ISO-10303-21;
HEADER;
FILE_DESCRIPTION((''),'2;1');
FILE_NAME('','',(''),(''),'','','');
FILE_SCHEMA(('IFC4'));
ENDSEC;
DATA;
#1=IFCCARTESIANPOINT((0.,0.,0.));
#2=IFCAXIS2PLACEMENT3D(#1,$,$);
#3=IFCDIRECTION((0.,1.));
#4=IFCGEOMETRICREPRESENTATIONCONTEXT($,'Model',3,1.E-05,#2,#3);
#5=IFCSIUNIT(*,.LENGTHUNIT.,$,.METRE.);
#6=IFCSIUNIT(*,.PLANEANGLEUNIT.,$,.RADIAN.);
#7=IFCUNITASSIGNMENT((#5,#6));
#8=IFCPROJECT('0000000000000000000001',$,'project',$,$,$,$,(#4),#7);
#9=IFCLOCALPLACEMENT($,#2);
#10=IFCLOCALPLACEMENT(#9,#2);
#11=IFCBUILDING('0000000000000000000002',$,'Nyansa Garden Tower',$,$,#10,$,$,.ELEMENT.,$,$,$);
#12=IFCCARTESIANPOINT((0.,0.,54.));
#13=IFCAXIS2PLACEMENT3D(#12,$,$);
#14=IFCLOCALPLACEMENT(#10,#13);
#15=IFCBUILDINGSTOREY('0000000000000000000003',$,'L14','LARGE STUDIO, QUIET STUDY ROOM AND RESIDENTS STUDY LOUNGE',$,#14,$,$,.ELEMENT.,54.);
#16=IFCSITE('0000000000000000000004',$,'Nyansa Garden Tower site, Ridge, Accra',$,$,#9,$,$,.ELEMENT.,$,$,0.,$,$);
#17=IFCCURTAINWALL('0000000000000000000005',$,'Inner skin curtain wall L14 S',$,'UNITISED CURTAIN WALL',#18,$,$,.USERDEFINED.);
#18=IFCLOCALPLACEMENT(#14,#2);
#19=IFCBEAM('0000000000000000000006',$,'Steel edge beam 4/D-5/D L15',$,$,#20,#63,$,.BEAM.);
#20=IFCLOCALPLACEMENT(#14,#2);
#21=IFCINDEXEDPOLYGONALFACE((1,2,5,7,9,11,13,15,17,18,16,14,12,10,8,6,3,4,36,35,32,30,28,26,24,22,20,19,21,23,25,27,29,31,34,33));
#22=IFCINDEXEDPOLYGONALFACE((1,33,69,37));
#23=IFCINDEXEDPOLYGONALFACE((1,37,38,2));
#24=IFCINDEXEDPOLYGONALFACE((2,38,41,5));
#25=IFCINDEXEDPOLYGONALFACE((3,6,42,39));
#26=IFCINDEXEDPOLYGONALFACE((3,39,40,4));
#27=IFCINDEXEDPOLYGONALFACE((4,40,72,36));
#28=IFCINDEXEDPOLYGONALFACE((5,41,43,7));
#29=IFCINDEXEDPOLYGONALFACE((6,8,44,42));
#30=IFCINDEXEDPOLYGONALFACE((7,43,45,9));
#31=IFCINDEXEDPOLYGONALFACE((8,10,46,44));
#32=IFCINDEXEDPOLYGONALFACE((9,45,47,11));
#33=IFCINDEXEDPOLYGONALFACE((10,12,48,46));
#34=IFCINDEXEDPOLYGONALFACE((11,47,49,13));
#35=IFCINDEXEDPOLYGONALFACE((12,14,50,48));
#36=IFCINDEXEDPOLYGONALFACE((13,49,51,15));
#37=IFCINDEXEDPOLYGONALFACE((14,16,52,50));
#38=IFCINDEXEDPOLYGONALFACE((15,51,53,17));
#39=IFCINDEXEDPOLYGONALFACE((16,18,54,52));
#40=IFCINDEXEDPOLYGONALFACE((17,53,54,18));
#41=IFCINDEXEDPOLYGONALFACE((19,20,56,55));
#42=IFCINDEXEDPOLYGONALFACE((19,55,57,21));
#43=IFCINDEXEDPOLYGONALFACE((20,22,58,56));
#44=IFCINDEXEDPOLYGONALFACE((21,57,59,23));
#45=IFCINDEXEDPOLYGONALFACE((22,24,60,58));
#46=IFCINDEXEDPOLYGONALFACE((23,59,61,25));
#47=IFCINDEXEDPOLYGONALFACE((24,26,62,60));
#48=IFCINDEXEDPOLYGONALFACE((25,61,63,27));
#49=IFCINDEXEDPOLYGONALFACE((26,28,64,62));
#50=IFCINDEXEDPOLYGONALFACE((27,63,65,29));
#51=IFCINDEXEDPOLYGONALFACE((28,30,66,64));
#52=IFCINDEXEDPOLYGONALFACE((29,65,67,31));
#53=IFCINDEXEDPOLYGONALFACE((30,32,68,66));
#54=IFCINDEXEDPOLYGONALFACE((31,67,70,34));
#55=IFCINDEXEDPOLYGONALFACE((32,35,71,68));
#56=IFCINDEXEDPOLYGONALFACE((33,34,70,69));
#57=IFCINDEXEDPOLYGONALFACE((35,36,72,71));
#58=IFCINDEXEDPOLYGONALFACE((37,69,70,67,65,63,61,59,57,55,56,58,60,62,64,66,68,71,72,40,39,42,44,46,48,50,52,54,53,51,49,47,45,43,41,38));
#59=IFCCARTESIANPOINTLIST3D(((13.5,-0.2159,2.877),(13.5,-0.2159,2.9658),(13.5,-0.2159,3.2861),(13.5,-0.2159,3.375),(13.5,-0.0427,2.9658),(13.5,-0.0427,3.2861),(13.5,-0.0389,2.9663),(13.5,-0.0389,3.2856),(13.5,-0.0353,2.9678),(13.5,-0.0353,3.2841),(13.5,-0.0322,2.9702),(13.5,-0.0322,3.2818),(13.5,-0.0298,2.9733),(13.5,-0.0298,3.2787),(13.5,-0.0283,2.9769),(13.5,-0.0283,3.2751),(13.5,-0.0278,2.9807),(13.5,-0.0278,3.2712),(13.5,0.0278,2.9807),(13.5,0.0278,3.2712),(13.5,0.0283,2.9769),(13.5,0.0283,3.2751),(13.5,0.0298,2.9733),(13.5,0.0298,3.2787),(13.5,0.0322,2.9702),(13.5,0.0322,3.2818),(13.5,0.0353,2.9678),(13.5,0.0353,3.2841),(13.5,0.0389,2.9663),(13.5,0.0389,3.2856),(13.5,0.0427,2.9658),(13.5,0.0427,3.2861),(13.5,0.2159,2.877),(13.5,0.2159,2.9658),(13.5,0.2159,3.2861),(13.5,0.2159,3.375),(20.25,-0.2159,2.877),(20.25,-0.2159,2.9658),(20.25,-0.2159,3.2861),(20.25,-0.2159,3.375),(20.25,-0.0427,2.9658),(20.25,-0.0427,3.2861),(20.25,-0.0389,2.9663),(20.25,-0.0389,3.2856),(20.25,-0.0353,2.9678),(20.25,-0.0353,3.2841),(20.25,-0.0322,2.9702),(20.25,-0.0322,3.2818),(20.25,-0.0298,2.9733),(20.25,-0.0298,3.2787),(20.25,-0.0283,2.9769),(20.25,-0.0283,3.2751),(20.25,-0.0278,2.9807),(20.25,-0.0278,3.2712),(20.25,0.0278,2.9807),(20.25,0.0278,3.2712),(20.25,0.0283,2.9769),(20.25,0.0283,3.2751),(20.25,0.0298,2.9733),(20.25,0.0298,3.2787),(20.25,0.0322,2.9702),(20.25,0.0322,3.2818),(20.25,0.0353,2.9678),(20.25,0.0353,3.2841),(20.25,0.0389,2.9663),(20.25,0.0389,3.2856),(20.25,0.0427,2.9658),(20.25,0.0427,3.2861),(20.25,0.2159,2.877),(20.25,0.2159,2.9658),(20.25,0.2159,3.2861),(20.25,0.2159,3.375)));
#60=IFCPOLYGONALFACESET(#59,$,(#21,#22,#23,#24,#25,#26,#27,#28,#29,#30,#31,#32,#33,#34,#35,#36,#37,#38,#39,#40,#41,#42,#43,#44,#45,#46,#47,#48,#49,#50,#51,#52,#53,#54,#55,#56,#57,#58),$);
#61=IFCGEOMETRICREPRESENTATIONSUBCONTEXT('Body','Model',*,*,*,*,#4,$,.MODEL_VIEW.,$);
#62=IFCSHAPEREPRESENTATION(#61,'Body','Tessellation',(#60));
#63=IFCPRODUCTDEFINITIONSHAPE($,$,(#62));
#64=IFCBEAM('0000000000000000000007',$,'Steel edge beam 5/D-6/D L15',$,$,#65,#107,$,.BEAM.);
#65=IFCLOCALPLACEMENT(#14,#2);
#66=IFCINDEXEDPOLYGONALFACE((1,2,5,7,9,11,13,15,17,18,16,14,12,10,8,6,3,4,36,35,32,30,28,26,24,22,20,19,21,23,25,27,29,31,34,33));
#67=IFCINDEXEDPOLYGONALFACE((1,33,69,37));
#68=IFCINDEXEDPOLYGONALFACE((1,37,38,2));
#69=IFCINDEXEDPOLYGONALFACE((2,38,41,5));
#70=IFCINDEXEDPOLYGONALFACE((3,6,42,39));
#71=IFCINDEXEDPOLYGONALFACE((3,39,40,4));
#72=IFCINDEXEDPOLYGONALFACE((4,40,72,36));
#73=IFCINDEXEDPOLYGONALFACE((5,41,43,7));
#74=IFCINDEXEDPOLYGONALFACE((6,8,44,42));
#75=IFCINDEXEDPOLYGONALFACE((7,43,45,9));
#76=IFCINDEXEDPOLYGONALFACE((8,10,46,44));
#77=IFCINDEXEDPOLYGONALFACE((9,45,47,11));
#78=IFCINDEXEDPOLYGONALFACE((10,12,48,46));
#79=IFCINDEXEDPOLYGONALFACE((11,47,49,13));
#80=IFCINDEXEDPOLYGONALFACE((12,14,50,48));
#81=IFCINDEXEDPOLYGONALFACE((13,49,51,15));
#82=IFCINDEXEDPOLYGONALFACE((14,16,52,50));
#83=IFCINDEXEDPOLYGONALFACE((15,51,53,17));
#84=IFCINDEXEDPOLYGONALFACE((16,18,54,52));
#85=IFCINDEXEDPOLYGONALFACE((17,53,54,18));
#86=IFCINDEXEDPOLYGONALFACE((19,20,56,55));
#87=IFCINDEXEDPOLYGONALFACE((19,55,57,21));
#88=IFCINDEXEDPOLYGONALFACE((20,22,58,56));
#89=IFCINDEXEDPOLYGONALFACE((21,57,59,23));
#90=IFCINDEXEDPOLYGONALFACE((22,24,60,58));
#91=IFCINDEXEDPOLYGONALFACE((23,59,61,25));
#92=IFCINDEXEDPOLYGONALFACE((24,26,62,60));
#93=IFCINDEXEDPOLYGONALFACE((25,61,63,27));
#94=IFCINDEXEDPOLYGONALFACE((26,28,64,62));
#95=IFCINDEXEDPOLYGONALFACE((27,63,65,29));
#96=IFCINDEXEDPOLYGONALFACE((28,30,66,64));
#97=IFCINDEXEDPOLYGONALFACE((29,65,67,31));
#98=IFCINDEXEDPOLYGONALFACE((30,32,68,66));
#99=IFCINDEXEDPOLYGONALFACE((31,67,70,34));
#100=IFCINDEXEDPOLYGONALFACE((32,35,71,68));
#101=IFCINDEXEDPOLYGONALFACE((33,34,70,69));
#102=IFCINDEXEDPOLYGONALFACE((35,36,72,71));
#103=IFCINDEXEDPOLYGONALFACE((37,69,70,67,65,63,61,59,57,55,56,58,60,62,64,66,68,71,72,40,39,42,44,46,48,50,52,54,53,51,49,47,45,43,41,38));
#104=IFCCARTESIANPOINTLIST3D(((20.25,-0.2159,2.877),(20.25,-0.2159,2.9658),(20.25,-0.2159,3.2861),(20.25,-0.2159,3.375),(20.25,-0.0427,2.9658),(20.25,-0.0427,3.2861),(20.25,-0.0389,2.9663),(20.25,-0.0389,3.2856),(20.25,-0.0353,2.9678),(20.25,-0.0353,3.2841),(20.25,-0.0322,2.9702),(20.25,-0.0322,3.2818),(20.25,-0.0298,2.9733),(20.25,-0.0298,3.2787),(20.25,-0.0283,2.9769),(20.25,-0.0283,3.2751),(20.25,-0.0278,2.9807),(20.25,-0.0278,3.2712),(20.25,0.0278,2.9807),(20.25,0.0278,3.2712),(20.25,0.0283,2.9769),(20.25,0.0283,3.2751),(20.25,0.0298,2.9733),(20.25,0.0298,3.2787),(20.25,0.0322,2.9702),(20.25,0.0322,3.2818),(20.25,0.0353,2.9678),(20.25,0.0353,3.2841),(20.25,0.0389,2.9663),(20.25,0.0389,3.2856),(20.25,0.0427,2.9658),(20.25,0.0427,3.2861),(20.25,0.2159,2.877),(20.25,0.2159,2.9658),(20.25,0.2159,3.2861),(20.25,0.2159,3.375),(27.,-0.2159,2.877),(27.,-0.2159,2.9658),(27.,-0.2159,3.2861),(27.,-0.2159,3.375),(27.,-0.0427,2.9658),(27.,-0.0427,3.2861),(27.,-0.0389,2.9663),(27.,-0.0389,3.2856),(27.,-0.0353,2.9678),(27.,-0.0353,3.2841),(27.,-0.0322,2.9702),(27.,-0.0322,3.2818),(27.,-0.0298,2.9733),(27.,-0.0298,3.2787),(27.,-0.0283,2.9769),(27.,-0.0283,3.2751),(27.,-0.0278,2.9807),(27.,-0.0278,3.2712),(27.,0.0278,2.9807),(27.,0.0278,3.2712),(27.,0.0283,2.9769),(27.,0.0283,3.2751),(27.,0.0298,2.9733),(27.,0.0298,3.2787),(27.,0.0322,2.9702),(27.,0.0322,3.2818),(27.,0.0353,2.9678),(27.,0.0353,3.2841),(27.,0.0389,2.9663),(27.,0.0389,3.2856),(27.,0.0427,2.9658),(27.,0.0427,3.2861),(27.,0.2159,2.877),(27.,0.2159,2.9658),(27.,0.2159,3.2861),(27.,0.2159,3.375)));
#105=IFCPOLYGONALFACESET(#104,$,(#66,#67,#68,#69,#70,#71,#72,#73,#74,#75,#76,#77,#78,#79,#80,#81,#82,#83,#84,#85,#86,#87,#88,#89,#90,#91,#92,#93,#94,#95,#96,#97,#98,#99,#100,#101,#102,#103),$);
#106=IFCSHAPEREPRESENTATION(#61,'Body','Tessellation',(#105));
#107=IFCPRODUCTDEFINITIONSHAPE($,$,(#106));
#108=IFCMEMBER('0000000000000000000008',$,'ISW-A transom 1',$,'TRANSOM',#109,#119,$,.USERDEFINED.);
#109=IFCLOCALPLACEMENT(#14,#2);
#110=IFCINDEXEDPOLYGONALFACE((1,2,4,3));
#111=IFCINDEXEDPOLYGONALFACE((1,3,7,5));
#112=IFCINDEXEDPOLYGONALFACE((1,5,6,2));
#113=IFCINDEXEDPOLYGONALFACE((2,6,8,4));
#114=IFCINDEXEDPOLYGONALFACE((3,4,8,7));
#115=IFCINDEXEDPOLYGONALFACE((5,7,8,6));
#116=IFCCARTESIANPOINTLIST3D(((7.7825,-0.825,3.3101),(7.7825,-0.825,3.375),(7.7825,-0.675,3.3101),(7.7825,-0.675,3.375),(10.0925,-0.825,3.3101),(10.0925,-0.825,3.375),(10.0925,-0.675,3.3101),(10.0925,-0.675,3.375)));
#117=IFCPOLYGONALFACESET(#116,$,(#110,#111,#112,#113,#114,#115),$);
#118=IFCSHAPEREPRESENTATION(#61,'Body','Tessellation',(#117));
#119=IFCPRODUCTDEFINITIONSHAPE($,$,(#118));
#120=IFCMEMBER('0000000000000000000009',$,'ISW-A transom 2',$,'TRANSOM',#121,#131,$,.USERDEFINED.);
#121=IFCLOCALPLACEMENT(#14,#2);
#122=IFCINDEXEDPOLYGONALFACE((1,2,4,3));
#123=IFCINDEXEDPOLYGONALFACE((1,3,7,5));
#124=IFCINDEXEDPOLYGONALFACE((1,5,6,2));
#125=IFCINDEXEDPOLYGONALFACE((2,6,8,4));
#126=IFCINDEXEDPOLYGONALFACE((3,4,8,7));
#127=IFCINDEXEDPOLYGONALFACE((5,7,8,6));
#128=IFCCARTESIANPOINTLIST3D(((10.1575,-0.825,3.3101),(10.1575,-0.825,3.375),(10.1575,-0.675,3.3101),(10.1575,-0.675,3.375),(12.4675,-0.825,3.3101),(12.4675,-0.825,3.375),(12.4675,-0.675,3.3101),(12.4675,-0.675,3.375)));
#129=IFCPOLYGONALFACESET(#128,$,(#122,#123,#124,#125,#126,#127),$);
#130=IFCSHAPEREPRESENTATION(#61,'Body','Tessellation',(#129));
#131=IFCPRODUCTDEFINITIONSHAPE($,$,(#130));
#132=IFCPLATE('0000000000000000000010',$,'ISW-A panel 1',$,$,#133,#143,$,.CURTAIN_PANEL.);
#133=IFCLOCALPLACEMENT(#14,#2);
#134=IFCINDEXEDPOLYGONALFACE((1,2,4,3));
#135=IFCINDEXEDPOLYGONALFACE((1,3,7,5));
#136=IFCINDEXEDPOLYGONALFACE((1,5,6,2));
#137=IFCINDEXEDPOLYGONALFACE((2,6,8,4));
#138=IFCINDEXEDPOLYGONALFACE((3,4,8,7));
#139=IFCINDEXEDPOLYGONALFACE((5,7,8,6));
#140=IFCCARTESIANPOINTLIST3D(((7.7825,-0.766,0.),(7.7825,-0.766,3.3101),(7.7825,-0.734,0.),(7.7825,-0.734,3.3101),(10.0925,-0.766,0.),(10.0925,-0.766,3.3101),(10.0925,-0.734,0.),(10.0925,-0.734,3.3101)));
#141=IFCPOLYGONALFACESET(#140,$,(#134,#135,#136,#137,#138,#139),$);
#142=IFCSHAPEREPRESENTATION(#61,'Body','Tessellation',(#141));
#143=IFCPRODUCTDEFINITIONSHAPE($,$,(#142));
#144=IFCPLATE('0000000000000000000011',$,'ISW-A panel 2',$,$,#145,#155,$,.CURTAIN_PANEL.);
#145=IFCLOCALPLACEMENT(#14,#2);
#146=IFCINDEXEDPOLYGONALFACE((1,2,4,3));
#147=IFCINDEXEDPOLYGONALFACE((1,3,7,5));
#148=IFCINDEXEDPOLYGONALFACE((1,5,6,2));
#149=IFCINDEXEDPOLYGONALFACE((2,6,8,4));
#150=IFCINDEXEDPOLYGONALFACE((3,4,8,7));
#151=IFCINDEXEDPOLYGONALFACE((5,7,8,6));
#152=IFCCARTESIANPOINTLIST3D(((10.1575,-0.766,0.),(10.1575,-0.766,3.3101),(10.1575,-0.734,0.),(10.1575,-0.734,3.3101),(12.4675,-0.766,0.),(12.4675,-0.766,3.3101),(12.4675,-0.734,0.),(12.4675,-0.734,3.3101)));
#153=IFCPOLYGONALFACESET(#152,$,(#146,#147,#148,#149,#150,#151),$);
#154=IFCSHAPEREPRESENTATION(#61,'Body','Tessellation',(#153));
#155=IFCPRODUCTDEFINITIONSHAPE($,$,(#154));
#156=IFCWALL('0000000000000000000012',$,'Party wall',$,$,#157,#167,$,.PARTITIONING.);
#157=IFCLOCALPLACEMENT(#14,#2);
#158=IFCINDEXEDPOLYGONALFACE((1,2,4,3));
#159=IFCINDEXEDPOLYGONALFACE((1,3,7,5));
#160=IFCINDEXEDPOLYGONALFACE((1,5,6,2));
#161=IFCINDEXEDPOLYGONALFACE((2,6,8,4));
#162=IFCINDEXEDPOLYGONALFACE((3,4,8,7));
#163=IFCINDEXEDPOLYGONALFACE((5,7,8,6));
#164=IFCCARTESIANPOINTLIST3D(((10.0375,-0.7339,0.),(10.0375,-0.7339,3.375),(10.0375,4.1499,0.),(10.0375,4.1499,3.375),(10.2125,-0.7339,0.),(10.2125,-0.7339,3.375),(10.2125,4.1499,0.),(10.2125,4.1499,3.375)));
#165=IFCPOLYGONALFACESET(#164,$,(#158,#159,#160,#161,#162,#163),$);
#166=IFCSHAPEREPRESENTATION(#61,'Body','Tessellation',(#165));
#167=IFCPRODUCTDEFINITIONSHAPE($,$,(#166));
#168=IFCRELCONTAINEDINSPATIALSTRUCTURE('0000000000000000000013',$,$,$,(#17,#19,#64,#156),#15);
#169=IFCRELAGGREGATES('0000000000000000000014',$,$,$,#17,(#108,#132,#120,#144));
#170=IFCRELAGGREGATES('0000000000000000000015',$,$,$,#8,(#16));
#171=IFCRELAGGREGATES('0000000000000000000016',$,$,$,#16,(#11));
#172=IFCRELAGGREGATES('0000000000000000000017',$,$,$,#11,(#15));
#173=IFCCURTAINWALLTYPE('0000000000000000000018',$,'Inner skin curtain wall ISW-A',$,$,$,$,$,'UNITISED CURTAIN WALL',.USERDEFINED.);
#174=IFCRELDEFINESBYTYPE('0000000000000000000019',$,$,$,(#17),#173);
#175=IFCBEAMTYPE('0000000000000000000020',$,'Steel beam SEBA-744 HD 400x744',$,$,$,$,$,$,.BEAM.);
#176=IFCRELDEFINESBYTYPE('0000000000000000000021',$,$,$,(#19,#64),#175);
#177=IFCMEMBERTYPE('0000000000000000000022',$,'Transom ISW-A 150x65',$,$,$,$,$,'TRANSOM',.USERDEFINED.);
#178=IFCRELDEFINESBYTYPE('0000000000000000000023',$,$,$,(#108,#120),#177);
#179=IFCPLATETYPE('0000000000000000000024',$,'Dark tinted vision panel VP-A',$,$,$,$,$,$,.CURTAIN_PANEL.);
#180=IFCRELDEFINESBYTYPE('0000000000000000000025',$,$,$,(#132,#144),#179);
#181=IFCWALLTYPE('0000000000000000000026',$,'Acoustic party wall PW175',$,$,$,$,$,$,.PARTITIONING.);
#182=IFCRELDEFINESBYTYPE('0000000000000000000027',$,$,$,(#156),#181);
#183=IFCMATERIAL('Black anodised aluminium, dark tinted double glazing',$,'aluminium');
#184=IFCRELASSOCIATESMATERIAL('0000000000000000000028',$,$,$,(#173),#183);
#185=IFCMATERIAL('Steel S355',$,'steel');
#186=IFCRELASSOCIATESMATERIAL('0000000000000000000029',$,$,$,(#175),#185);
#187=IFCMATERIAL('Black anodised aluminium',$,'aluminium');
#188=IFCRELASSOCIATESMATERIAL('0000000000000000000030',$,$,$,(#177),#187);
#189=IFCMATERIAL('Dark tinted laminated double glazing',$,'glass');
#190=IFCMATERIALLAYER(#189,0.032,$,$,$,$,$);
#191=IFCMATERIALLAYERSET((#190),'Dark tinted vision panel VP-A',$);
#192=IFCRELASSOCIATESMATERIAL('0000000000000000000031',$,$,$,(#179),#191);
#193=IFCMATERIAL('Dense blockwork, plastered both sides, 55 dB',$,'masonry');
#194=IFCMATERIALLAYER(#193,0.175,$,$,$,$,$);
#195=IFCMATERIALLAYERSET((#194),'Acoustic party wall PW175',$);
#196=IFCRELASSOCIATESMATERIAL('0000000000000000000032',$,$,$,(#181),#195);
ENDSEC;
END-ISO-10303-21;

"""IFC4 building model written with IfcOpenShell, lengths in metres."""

from ifc_helpers import new_model, si_unit, direction, frame, frame_2d, origin, origin_2d, place, context, subcontext, project, spatial, rectangle, i_section, extrude, material, layer, layer_set, material_profile, profile_set, type_object, element, aggregate, save


model = new_model("IFC4")

# Units and contexts
model_context = context("Model", 3, precision=1e-05, world=origin(), true_north=direction((0.0, 1.0)))
body_context = subcontext(model_context, "Body", "Model", "MODEL_VIEW")
ifc_project = project(units=[si_unit("LENGTHUNIT", "METRE"), si_unit("PLANEANGLEUNIT", "RADIAN")], contexts=[model_context])

# Site, building, storey
site_placement = place(None, origin())
site = spatial("IfcSite", under=ifc_project, at=site_placement, Name="Nyansa Garden Tower site, Ridge, Accra", CompositionType="ELEMENT", RefElevation=0.0)
building_placement = place(site_placement, origin())
building = spatial("IfcBuilding", under=site, at=building_placement, Name="Nyansa Garden Tower", CompositionType="ELEMENT")
storey_placement = place(building_placement, frame((0.0, 0.0, 54.0)))
storey = spatial("IfcBuildingStorey", under=building, at=storey_placement, Name="L14", Description="LARGE STUDIO, QUIET STUDY ROOM AND RESIDENTS STUDY LOUNGE", CompositionType="ELEMENT", Elevation=54.0)

# Curtain wall
ifc_material_1 = material(Name="Black anodised aluminium, dark tinted double glazing", Category="aluminium")
curtain_wall_type = type_object("IfcCurtainWallType", Name="Inner skin curtain wall ISW-A", ElementType="UNITISED CURTAIN WALL", PredefinedType="USERDEFINED", material=ifc_material_1)
curtain_wall_placement = place(storey_placement, origin())
curtain_wall = element("IfcCurtainWall", 1, at=curtain_wall_placement, inside=storey, type_object=curtain_wall_type, Name="Inner skin curtain wall L14 S", ObjectType="UNITISED CURTAIN WALL", PredefinedType="USERDEFINED")

# Beams
ifc_material_2 = material(Name="Steel S355", Category="steel")
ifc_material_profile_1 = material_profile(ifc_material_2, i_section(OverallWidth=0.4319, OverallDepth=0.498, WebThickness=0.0557, FlangeThickness=0.0889, FilletRadius=0.0149, at=origin_2d()), Name="HD 400x744")
ifc_profile_set_1 = profile_set([ifc_material_profile_1], Name="Steel S355")
beam_type_1 = type_object("IfcBeamType", Name="Steel beam SEBA-744 HD 400x744", PredefinedType="BEAM", material=ifc_profile_set_1)
for number, where, z_axis, x_axis, name in (
    (2, (13.5, 0.0, 3.126), (1.0, 0.0, 0.0), (0.0, 1.0, 0.0), "Steel edge beam 4/D-5/D L15"),
    (3, (20.25, 0.0, 3.126), (1.0, 0.0, 0.0), (0.0, 1.0, 0.0), "Steel edge beam 5/D-6/D L15"),
):
    element("IfcBeam", number, at=place(storey_placement, frame(where, z_axis=z_axis, x_axis=x_axis)), inside=storey, type_object=beam_type_1, Name=name, PredefinedType="BEAM", context=body_context, shape_type="SweptSolid", body=[
        extrude(i_section(OverallWidth=0.4319, OverallDepth=0.498, WebThickness=0.0557, FlangeThickness=0.0889, FilletRadius=0.0149, at=origin_2d()), origin(), (0.0, 0.0, 1.0), 6.75),
    ])

# Members
ifc_material_3 = material(Name="Black anodised aluminium", Category="aluminium")
ifc_material_profile_2 = material_profile(ifc_material_3, rectangle(XDim=0.1499, YDim=0.0649, at=origin_2d()), Name="Transom 150x65")
ifc_profile_set_2 = profile_set([ifc_material_profile_2], Name="Black anodised aluminium")
member_type_1 = type_object("IfcMemberType", Name="Transom ISW-A 150x65", ElementType="TRANSOM", PredefinedType="USERDEFINED", material=ifc_profile_set_2)
member_1_placement = place(storey_placement, frame((7.7825, -0.75, 3.3425), z_axis=(1.0, 0.0, 0.0), x_axis=(0.0, 1.0, 0.0)))
member_1 = element("IfcMember", 4, at=member_1_placement, type_object=member_type_1, Name="ISW-A transom 1", ObjectType="TRANSOM", PredefinedType="USERDEFINED", context=body_context, shape_type="SweptSolid", body=[
    extrude(rectangle(XDim=0.1499, YDim=0.0649, at=origin_2d()), origin(), (0.0, 0.0, 1.0), 2.3101),
])
member_2_placement = place(storey_placement, frame((10.1575, -0.75, 3.3425), z_axis=(1.0, 0.0, 0.0), x_axis=(0.0, 1.0, 0.0)))
member_2 = element("IfcMember", 5, at=member_2_placement, type_object=member_type_1, Name="ISW-A transom 2", ObjectType="TRANSOM", PredefinedType="USERDEFINED", context=body_context, shape_type="SweptSolid", body=[
    extrude(rectangle(XDim=0.1499, YDim=0.0649, at=origin_2d()), origin(), (0.0, 0.0, 1.0), 2.3101),
])

# Plates
ifc_material_4 = material(Name="Dark tinted laminated double glazing", Category="glass")
ifc_layer_1 = layer(ifc_material_4, 0.032)
ifc_layer_set_1 = layer_set([ifc_layer_1], Name="Dark tinted vision panel VP-A")
plate_type = type_object("IfcPlateType", Name="Dark tinted vision panel VP-A", PredefinedType="CURTAIN_PANEL", material=ifc_layer_set_1)
plate_1_placement = place(storey_placement, frame((8.9375, -0.75, 0.0), z_axis=(0.0, 0.0, 1.0), x_axis=(1.0, 0.0, 0.0)))
plate_1 = element("IfcPlate", 6, at=plate_1_placement, type_object=plate_type, Name="ISW-A panel 1", PredefinedType="CURTAIN_PANEL", context=body_context, shape_type="SweptSolid", body=[
    extrude(rectangle(XDim=2.3101, YDim=0.032, at=origin_2d()), origin(), (0.0, 0.0, 1.0), 3.3101),
])
plate_2_placement = place(storey_placement, frame((11.3125, -0.75, 0.0), z_axis=(0.0, 0.0, 1.0), x_axis=(1.0, 0.0, 0.0)))
plate_2 = element("IfcPlate", 7, at=plate_2_placement, type_object=plate_type, Name="ISW-A panel 2", PredefinedType="CURTAIN_PANEL", context=body_context, shape_type="SweptSolid", body=[
    extrude(rectangle(XDim=2.3101, YDim=0.032, at=origin_2d()), origin(), (0.0, 0.0, 1.0), 3.3101),
])
aggregate(curtain_wall, [member_1, plate_1, member_2, plate_2])

# Wall
ifc_material_5 = material(Name="Dense blockwork, plastered both sides, 55 dB", Category="masonry")
ifc_layer_2 = layer(ifc_material_5, 0.175)
ifc_layer_set_2 = layer_set([ifc_layer_2], Name="Acoustic party wall PW175")
wall_type_1 = type_object("IfcWallType", Name="Acoustic party wall PW175", PredefinedType="PARTITIONING", material=ifc_layer_set_2)
wall_1_placement = place(storey_placement, frame((10.125, -0.7339, 0.0), z_axis=(0.0, 0.0, 1.0), x_axis=(0.0, 1.0, 0.0)))
element("IfcWall", 8, at=wall_1_placement, inside=storey, type_object=wall_type_1, Name="Party wall", PredefinedType="PARTITIONING", context=body_context, shape_type="SweptSolid", body=[
    extrude(rectangle(XDim=4.8838, YDim=0.175, at=frame_2d((2.4419, 0.0))), origin(), (0.0, 0.0, 1.0), 3.375),
])

save(model, "model.ifc")
